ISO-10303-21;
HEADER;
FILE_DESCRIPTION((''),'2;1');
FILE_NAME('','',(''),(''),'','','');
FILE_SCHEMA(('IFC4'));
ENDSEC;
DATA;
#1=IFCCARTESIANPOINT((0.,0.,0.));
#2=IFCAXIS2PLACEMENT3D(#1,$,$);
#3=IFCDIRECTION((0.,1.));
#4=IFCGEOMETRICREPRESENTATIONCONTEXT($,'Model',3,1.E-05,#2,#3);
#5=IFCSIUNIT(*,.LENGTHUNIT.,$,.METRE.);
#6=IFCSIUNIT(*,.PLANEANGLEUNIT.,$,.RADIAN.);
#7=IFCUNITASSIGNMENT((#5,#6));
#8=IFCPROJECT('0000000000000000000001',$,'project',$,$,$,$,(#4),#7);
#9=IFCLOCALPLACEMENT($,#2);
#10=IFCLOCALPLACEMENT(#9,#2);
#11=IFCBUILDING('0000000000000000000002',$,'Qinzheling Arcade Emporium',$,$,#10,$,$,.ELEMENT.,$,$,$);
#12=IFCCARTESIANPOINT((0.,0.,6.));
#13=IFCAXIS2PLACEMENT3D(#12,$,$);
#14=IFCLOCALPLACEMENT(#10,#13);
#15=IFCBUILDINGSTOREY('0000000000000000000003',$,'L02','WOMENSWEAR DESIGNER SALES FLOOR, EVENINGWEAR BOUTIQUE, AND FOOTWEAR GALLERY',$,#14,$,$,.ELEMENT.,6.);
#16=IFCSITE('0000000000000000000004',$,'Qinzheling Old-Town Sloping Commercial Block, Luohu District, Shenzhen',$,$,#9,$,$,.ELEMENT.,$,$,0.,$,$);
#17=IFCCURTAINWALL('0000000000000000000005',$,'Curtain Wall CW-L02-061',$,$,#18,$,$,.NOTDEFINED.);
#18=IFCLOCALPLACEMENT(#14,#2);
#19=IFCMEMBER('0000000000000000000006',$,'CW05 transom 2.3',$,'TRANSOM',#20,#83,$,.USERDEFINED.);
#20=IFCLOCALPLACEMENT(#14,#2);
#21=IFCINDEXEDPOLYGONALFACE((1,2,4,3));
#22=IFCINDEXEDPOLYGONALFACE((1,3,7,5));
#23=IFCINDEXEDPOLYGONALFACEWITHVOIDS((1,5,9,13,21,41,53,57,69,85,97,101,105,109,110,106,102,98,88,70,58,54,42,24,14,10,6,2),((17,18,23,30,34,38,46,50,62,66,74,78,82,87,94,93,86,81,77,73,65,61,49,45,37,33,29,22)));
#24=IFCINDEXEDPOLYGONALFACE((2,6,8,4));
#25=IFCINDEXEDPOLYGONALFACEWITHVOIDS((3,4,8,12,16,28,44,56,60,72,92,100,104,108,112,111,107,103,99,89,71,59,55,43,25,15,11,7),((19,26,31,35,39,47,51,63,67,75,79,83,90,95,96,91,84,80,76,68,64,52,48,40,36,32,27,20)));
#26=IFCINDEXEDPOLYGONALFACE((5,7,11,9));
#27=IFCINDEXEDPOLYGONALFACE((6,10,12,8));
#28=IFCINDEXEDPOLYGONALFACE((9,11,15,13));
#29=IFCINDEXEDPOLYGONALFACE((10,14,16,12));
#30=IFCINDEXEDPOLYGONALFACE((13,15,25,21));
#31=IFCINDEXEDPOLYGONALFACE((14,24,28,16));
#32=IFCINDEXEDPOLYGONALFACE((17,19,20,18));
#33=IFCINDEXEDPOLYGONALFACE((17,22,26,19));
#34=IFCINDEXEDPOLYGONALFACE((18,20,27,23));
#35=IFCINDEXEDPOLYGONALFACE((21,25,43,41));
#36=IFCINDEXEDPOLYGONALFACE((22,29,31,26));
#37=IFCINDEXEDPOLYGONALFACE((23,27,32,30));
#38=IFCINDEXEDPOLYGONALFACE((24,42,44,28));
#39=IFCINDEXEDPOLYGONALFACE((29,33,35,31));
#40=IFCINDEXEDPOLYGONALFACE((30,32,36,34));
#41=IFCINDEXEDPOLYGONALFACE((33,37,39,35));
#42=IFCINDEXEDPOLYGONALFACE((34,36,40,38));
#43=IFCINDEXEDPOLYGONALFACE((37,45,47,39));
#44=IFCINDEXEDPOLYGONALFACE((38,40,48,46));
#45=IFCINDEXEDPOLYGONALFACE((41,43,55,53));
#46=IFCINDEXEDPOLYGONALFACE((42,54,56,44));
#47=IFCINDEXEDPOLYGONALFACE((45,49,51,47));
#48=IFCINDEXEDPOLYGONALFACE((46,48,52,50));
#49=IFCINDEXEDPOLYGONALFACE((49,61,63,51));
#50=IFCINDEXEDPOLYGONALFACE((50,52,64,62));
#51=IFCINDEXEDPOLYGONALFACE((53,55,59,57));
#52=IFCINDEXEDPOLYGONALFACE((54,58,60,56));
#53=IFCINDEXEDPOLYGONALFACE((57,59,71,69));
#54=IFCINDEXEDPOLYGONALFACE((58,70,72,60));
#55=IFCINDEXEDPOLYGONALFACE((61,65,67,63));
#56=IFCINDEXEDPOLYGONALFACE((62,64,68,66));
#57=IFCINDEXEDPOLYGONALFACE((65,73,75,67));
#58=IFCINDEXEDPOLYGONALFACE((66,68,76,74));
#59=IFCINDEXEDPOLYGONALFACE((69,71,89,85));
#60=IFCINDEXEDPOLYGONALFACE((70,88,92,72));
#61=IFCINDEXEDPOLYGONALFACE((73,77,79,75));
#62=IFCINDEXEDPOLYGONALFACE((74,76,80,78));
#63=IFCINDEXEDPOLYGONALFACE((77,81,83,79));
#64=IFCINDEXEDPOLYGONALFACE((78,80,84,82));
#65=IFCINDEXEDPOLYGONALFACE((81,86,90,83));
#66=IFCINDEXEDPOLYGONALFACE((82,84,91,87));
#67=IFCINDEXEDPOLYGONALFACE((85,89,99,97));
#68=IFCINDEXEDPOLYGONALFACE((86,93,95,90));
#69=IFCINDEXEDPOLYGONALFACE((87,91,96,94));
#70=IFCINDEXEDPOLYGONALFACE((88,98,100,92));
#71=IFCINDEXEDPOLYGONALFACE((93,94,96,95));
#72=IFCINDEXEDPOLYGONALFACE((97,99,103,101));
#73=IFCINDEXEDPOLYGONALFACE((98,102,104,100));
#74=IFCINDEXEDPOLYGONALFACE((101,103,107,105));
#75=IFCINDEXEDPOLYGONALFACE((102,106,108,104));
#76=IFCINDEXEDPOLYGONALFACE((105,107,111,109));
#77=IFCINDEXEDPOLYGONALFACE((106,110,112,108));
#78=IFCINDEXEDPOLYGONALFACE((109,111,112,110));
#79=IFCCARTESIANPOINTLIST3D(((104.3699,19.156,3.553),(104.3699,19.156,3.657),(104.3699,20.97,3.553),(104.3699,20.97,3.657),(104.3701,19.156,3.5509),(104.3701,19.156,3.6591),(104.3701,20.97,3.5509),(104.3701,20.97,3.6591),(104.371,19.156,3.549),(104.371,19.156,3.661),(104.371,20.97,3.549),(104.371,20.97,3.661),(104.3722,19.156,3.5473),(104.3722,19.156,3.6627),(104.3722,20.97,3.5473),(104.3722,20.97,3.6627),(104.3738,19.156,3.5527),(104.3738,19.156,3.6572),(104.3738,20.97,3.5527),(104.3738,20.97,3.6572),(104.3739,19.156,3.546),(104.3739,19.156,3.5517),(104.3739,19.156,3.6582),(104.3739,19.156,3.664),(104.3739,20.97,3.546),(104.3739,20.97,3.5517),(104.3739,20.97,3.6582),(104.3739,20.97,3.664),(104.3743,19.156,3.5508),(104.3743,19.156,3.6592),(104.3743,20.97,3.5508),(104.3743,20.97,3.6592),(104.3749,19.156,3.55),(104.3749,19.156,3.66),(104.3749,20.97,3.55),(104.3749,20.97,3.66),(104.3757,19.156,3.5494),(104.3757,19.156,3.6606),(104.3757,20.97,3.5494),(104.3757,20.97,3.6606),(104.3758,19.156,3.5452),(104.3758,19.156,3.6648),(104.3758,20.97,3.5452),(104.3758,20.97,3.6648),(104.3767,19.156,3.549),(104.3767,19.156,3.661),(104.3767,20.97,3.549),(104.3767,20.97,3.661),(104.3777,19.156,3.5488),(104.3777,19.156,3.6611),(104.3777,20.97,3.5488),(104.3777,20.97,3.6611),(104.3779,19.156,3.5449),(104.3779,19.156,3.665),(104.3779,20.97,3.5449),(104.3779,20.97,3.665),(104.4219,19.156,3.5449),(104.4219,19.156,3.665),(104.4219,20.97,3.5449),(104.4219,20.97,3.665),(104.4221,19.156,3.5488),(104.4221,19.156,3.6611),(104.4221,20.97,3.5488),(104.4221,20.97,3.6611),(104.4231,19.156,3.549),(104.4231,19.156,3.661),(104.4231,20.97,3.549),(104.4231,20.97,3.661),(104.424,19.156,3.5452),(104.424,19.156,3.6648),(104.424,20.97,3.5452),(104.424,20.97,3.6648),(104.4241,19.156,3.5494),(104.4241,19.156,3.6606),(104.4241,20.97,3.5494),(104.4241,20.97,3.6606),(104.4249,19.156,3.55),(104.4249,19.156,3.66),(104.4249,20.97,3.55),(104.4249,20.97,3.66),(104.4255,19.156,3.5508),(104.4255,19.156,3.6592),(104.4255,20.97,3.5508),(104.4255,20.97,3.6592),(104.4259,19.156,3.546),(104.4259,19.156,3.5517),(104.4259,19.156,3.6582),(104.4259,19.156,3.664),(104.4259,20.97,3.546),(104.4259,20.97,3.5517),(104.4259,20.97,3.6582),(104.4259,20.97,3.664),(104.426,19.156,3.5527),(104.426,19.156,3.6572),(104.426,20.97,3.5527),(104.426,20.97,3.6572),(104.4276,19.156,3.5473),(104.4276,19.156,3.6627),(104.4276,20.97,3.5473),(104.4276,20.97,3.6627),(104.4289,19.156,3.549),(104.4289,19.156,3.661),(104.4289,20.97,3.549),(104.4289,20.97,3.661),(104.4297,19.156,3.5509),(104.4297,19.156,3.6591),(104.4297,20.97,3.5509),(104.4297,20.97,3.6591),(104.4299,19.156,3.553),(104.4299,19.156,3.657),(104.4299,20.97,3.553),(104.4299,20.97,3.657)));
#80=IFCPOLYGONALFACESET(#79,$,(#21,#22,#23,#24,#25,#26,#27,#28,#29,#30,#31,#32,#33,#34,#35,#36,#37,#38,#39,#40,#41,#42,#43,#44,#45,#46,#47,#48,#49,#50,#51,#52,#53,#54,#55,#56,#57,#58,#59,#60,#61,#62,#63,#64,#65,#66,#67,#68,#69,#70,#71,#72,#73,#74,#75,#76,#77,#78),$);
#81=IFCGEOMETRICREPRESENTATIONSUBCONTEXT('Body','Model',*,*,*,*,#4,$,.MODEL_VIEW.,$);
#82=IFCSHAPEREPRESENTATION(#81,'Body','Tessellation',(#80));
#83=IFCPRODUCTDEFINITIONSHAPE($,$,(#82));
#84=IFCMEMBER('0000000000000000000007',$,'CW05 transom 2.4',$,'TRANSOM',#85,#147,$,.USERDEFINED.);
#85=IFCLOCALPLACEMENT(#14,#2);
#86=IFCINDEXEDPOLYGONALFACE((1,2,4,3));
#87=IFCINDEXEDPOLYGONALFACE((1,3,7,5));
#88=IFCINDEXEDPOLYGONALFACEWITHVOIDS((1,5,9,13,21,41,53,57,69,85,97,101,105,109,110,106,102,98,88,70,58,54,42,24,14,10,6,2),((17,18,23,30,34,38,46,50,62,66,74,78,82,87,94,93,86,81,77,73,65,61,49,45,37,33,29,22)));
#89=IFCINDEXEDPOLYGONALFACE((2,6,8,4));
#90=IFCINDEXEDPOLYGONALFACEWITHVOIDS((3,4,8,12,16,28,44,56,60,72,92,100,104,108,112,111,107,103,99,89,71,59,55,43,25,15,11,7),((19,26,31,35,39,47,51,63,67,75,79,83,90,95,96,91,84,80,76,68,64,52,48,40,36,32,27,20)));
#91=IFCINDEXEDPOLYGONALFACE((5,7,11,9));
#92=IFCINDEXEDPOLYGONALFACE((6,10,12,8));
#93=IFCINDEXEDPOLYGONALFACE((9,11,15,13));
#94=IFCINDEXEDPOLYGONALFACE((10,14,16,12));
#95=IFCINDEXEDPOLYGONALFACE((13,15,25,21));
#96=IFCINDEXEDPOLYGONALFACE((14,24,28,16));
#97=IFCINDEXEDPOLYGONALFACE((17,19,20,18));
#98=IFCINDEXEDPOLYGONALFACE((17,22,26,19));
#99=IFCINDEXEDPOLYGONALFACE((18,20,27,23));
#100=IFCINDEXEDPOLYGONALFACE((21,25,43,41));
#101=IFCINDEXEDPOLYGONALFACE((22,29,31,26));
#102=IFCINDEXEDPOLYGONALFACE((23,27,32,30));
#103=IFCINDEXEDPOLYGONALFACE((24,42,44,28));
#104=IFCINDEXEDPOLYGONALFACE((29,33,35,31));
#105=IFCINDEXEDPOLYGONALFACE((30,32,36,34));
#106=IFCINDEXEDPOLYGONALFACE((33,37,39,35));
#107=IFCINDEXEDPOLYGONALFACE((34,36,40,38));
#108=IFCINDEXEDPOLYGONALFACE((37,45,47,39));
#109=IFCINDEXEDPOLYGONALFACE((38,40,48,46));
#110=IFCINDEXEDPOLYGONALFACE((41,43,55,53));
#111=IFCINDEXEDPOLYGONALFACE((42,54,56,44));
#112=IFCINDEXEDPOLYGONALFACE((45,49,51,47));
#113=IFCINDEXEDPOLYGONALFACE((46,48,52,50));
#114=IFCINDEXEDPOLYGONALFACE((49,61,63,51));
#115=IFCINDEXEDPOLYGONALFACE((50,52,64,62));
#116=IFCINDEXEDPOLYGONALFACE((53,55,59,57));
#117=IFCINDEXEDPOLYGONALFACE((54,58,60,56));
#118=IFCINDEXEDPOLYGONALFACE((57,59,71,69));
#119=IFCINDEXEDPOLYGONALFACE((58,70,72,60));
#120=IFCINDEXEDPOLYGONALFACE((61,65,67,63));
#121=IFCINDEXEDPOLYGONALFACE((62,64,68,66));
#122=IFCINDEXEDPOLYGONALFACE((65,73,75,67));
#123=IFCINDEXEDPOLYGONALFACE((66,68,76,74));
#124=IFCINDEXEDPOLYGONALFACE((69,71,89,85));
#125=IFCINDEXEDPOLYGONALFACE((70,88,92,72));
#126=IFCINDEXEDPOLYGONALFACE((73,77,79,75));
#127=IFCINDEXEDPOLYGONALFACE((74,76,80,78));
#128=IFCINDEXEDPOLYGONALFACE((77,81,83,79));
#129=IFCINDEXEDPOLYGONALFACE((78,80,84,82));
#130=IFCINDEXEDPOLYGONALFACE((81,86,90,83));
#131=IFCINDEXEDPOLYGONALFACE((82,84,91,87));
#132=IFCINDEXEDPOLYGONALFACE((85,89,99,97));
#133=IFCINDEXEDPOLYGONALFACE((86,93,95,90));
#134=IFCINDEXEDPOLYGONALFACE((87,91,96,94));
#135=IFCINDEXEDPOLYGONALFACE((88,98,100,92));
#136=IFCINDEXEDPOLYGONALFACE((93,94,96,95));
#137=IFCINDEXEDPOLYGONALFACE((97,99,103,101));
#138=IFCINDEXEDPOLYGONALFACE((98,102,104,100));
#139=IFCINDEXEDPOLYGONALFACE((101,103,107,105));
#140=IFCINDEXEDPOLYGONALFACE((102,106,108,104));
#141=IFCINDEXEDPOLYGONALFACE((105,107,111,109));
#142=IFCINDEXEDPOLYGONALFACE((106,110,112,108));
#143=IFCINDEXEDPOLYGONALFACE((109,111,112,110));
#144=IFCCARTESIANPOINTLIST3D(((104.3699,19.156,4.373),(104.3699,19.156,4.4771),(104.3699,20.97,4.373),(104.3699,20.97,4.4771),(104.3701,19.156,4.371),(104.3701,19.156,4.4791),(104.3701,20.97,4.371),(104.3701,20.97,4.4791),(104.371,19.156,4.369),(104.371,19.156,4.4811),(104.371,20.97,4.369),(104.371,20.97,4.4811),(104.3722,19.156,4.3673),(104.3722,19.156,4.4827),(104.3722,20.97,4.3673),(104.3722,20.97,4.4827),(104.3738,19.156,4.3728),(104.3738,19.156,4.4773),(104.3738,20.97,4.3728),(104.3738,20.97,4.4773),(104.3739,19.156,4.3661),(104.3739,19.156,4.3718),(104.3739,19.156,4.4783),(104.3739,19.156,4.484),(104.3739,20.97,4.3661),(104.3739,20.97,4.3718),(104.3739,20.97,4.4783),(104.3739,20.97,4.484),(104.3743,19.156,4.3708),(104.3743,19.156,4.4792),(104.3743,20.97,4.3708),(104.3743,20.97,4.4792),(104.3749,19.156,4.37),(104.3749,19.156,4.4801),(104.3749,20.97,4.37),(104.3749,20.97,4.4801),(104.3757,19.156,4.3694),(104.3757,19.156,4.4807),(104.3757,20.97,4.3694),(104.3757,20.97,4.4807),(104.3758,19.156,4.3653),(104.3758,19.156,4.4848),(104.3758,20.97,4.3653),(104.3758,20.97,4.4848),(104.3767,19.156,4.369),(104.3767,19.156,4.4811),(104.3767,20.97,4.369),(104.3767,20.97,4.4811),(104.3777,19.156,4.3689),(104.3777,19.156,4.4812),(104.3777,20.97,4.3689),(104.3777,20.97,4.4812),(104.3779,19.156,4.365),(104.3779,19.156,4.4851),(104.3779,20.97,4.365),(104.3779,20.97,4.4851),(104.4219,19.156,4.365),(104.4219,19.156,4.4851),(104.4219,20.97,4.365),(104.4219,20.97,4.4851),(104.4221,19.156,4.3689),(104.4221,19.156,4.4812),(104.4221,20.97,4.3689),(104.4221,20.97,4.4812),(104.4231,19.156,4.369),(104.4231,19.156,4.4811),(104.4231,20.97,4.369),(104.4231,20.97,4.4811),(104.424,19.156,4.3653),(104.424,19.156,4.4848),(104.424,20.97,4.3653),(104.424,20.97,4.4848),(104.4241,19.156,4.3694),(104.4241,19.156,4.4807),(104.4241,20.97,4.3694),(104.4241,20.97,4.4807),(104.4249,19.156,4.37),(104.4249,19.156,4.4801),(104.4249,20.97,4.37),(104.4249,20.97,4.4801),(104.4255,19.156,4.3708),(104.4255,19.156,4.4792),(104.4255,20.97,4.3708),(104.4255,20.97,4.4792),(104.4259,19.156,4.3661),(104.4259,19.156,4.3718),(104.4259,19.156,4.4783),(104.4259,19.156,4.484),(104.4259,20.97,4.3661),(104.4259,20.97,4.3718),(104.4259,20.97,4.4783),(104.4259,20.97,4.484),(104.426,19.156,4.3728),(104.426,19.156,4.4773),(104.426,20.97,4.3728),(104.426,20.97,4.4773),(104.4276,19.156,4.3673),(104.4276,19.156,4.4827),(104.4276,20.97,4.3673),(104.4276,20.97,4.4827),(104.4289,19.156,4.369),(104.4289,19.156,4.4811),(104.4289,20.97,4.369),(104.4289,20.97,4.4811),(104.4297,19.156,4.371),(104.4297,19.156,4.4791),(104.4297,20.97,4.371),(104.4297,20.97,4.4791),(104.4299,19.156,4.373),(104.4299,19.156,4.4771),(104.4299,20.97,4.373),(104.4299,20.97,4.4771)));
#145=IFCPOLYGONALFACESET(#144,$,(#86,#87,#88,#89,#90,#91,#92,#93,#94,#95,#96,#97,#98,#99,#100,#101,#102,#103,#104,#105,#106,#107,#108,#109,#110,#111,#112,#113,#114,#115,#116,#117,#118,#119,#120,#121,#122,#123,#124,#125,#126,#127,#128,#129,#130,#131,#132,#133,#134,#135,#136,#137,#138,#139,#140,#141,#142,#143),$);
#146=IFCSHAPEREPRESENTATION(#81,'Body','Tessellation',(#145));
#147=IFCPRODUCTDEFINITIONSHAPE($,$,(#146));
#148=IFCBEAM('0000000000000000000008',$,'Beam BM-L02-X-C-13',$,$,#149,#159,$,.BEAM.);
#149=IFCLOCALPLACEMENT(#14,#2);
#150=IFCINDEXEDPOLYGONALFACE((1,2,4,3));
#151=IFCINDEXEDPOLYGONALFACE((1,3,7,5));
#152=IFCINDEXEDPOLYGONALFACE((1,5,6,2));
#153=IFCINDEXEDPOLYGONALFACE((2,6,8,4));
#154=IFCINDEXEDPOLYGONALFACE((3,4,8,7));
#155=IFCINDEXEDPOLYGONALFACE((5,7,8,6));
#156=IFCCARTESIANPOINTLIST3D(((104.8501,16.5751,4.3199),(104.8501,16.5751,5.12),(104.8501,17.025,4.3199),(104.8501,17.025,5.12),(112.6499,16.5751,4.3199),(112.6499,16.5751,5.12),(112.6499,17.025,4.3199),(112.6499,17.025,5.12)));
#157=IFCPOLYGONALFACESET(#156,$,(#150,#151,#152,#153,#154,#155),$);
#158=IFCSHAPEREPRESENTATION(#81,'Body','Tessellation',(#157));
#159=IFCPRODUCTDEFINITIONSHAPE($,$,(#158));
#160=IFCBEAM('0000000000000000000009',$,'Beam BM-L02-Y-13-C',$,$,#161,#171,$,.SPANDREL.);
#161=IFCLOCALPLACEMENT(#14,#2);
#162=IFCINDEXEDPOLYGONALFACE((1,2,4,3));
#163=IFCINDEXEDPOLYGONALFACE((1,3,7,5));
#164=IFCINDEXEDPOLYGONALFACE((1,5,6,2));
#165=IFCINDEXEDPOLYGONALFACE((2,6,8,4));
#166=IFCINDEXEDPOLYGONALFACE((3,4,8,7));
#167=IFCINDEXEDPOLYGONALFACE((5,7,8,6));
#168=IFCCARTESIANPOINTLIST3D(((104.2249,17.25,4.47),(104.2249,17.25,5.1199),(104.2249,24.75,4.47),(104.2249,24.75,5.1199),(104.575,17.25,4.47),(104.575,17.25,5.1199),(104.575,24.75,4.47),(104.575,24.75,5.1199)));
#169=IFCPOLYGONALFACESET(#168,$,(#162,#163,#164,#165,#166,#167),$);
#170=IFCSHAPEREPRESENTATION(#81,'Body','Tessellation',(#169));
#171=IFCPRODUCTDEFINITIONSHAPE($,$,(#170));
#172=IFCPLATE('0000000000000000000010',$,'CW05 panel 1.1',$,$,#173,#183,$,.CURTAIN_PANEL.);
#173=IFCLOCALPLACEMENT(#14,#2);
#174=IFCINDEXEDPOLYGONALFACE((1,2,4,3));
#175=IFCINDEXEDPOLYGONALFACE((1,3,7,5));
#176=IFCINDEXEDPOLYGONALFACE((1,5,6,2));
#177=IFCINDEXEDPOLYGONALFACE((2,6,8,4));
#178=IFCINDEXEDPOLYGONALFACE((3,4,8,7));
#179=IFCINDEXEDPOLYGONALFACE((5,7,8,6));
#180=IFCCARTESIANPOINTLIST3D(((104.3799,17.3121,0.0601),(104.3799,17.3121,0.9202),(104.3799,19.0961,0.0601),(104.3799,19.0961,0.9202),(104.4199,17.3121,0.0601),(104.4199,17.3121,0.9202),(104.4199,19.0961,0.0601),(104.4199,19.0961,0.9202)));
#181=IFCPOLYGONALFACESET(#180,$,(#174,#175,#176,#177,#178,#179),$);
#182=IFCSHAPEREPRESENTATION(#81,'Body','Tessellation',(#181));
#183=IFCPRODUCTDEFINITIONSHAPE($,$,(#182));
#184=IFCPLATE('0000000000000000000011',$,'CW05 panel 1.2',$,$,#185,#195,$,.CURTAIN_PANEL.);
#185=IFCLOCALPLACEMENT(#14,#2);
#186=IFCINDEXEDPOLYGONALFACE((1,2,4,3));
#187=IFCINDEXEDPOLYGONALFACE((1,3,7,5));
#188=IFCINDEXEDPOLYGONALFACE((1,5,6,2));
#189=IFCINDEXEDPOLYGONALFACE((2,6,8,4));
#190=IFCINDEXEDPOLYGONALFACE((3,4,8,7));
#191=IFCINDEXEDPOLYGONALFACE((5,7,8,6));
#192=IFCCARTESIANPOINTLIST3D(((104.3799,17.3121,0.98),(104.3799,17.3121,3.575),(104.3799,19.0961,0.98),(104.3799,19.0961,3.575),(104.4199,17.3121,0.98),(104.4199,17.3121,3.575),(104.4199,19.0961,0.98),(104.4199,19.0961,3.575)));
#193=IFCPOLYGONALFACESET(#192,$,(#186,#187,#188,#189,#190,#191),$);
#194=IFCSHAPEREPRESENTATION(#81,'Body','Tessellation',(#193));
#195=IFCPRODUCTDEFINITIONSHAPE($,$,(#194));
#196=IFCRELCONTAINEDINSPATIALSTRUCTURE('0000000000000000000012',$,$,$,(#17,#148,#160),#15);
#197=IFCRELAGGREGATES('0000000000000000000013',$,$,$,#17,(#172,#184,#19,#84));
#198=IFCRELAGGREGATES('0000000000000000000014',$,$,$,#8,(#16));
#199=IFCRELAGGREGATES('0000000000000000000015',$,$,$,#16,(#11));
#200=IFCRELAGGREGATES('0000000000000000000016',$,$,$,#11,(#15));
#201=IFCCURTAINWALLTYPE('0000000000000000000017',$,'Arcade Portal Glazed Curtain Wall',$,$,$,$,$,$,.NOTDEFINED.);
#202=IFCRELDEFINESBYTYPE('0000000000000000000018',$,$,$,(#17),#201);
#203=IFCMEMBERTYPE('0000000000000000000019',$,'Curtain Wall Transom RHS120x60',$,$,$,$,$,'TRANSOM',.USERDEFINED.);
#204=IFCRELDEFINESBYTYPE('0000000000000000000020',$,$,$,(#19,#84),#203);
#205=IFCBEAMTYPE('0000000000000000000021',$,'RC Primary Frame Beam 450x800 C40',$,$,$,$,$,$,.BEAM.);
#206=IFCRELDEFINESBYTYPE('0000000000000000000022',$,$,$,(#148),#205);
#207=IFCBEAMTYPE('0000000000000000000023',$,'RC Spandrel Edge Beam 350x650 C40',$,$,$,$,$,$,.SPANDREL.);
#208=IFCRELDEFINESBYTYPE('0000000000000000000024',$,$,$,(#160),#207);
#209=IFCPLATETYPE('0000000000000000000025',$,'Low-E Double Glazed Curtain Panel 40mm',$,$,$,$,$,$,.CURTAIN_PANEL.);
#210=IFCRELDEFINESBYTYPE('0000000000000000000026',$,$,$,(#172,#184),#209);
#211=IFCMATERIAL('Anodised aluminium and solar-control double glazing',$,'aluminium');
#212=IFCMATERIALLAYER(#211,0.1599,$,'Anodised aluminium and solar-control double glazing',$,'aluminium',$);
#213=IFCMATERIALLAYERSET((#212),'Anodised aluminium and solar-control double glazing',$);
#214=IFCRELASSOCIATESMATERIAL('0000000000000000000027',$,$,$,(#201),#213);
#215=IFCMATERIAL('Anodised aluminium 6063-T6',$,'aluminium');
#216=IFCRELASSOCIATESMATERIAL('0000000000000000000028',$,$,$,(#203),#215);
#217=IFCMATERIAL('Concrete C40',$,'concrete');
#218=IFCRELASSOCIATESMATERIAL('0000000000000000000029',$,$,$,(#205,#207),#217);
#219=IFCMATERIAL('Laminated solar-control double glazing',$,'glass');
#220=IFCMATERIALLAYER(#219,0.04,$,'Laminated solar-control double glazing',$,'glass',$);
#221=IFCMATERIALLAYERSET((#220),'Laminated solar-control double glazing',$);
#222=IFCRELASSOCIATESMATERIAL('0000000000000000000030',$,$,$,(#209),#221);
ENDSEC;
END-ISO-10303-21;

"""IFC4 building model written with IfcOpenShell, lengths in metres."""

from ifc_helpers import new_model, si_unit, direction, frame, origin, origin_2d, place, context, subcontext, project, spatial, rectangle, hollow_rectangle, extrude, material, layer, layer_set, material_profile, profile_set, type_object, element, aggregate, save


model = new_model("IFC4")

# Units and contexts
model_context = context("Model", 3, precision=1e-05, world=origin(), true_north=direction((0.0, 1.0)))
body_context = subcontext(model_context, "Body", "Model", "MODEL_VIEW")
ifc_project = project(units=[si_unit("LENGTHUNIT", "METRE"), si_unit("PLANEANGLEUNIT", "RADIAN")], contexts=[model_context])

# Site, building, storey
site_placement = place(None, origin())
site = spatial("IfcSite", under=ifc_project, at=site_placement, Name="Qinzheling Old-Town Sloping Commercial Block, Luohu District, Shenzhen", CompositionType="ELEMENT", RefElevation=0.0)
building_placement = place(site_placement, origin())
building = spatial("IfcBuilding", under=site, at=building_placement, Name="Qinzheling Arcade Emporium", CompositionType="ELEMENT")
storey_placement = place(building_placement, frame((0.0, 0.0, 6.0)))
storey = spatial("IfcBuildingStorey", under=building, at=storey_placement, Name="L02", Description="WOMENSWEAR DESIGNER SALES FLOOR, EVENINGWEAR BOUTIQUE, AND FOOTWEAR GALLERY", CompositionType="ELEMENT", Elevation=6.0)

# Curtain wall, members
ifc_material_1 = material(Name="Anodised aluminium and solar-control double glazing", Category="aluminium")
ifc_layer_1 = layer(ifc_material_1, 0.1599, Name="Anodised aluminium and solar-control double glazing", Category="aluminium")
ifc_layer_set_1 = layer_set([ifc_layer_1], Name="Anodised aluminium and solar-control double glazing")
curtain_wall_type = type_object("IfcCurtainWallType", Name="Arcade Portal Glazed Curtain Wall", PredefinedType="NOTDEFINED", material=ifc_layer_set_1)
curtain_wall_placement = place(storey_placement, origin())
curtain_wall = element("IfcCurtainWall", 1, at=curtain_wall_placement, inside=storey, type_object=curtain_wall_type, Name="Curtain Wall CW-L02-061", PredefinedType="NOTDEFINED")
ifc_material_2 = material(Name="Anodised aluminium 6063-T6", Category="aluminium")
ifc_material_profile_1 = material_profile(ifc_material_2, hollow_rectangle(XDim=0.0601, YDim=0.1201, WallThickness=0.0039, InnerFilletRadius=0.0039, OuterFilletRadius=0.0081, at=origin_2d()), Name="RHS 120x60x4", Category="aluminium")
ifc_profile_set_1 = profile_set([ifc_material_profile_1], Name="Anodised aluminium 6063-T6")
member_type_1 = type_object("IfcMemberType", Name="Curtain Wall Transom RHS120x60", ElementType="TRANSOM", PredefinedType="USERDEFINED", material=ifc_profile_set_1)
member_1_placement = place(storey_placement, frame((104.3999, 19.156, 3.605), z_axis=(0.0, 1.0, 0.0), x_axis=(-1.0, 0.0, 0.0)))
member_1 = element("IfcMember", 2, at=member_1_placement, type_object=member_type_1, Name="CW05 transom 2.3", ObjectType="TRANSOM", PredefinedType="USERDEFINED", context=body_context, shape_type="SweptSolid", body=[
    extrude(hollow_rectangle(XDim=0.0601, YDim=0.1201, WallThickness=0.0039, InnerFilletRadius=0.0039, OuterFilletRadius=0.0081, at=origin_2d()), origin(), (0.0, 0.0, 1.0), 1.814),
])
member_2_placement = place(storey_placement, frame((104.3999, 19.156, 4.425), z_axis=(0.0, 1.0, 0.0), x_axis=(-1.0, 0.0, 0.0)))
member_2 = element("IfcMember", 3, at=member_2_placement, type_object=member_type_1, Name="CW05 transom 2.4", ObjectType="TRANSOM", PredefinedType="USERDEFINED", context=body_context, shape_type="SweptSolid", body=[
    extrude(hollow_rectangle(XDim=0.0601, YDim=0.1201, WallThickness=0.0039, InnerFilletRadius=0.0039, OuterFilletRadius=0.0081, at=origin_2d()), origin(), (0.0, 0.0, 1.0), 1.814),
])

# Beams
ifc_material_3 = material(Name="Concrete C40", Category="concrete")
ifc_material_profile_2 = material_profile(ifc_material_3, rectangle(XDim=0.45, YDim=0.8, at=origin_2d()), Name="RC 450x800", Category="concrete")
ifc_profile_set_2 = profile_set([ifc_material_profile_2], Name="Concrete C40")
beam_type_1 = type_object("IfcBeamType", Name="RC Primary Frame Beam 450x800 C40", PredefinedType="BEAM", material=ifc_profile_set_2)
beam_1_placement = place(storey_placement, frame((104.8501, 16.8, 4.72), z_axis=(1.0, 0.0, 0.0), x_axis=(0.0, 1.0, 0.0)))
element("IfcBeam", 4, at=beam_1_placement, inside=storey, type_object=beam_type_1, Name="Beam BM-L02-X-C-13", PredefinedType="BEAM", context=body_context, shape_type="SweptSolid", body=[
    extrude(rectangle(XDim=0.45, YDim=0.8, at=origin_2d()), origin(), (0.0, 0.0, 1.0), 7.7998),
])
ifc_material_profile_3 = material_profile(ifc_material_3, rectangle(XDim=0.3501, YDim=0.6499, at=origin_2d()), Name="RC 350x650", Category="concrete")
ifc_profile_set_3 = profile_set([ifc_material_profile_3], Name="Concrete C40")
beam_type_2 = type_object("IfcBeamType", Name="RC Spandrel Edge Beam 350x650 C40", PredefinedType="SPANDREL", material=ifc_profile_set_3)
beam_2_placement = place(storey_placement, frame((104.3999, 17.25, 4.7949), z_axis=(0.0, 1.0, 0.0), x_axis=(-1.0, 0.0, 0.0)))
element("IfcBeam", 5, at=beam_2_placement, inside=storey, type_object=beam_type_2, Name="Beam BM-L02-Y-13-C", PredefinedType="SPANDREL", context=body_context, shape_type="SweptSolid", body=[
    extrude(rectangle(XDim=0.3501, YDim=0.6499, at=origin_2d()), origin(), (0.0, 0.0, 1.0), 7.5),
])

# Plates
ifc_material_4 = material(Name="Laminated solar-control double glazing", Category="glass")
ifc_layer_2 = layer(ifc_material_4, 0.04, Name="Laminated solar-control double glazing", Category="glass")
ifc_layer_set_2 = layer_set([ifc_layer_2], Name="Laminated solar-control double glazing")
plate_type = type_object("IfcPlateType", Name="Low-E Double Glazed Curtain Panel 40mm", PredefinedType="CURTAIN_PANEL", material=ifc_layer_set_2)
plate_1_placement = place(storey_placement, frame((104.3999, 18.2041, 0.0601), z_axis=(0.0, 0.0, 1.0), x_axis=(0.0, 1.0, 0.0)))
plate_1 = element("IfcPlate", 6, at=plate_1_placement, type_object=plate_type, Name="CW05 panel 1.1", PredefinedType="CURTAIN_PANEL", context=body_context, shape_type="SweptSolid", body=[
    extrude(rectangle(XDim=1.7839, YDim=0.04, at=origin_2d()), origin(), (0.0, 0.0, 1.0), 0.8601),
])
plate_2_placement = place(storey_placement, frame((104.3999, 18.2041, 0.98), z_axis=(0.0, 0.0, 1.0), x_axis=(0.0, 1.0, 0.0)))
plate_2 = element("IfcPlate", 7, at=plate_2_placement, type_object=plate_type, Name="CW05 panel 1.2", PredefinedType="CURTAIN_PANEL", context=body_context, shape_type="SweptSolid", body=[
    extrude(rectangle(XDim=1.7839, YDim=0.04, at=origin_2d()), origin(), (0.0, 0.0, 1.0), 2.595),
])
aggregate(curtain_wall, [plate_1, plate_2, member_1, member_2])

save(model, "model.ifc")
